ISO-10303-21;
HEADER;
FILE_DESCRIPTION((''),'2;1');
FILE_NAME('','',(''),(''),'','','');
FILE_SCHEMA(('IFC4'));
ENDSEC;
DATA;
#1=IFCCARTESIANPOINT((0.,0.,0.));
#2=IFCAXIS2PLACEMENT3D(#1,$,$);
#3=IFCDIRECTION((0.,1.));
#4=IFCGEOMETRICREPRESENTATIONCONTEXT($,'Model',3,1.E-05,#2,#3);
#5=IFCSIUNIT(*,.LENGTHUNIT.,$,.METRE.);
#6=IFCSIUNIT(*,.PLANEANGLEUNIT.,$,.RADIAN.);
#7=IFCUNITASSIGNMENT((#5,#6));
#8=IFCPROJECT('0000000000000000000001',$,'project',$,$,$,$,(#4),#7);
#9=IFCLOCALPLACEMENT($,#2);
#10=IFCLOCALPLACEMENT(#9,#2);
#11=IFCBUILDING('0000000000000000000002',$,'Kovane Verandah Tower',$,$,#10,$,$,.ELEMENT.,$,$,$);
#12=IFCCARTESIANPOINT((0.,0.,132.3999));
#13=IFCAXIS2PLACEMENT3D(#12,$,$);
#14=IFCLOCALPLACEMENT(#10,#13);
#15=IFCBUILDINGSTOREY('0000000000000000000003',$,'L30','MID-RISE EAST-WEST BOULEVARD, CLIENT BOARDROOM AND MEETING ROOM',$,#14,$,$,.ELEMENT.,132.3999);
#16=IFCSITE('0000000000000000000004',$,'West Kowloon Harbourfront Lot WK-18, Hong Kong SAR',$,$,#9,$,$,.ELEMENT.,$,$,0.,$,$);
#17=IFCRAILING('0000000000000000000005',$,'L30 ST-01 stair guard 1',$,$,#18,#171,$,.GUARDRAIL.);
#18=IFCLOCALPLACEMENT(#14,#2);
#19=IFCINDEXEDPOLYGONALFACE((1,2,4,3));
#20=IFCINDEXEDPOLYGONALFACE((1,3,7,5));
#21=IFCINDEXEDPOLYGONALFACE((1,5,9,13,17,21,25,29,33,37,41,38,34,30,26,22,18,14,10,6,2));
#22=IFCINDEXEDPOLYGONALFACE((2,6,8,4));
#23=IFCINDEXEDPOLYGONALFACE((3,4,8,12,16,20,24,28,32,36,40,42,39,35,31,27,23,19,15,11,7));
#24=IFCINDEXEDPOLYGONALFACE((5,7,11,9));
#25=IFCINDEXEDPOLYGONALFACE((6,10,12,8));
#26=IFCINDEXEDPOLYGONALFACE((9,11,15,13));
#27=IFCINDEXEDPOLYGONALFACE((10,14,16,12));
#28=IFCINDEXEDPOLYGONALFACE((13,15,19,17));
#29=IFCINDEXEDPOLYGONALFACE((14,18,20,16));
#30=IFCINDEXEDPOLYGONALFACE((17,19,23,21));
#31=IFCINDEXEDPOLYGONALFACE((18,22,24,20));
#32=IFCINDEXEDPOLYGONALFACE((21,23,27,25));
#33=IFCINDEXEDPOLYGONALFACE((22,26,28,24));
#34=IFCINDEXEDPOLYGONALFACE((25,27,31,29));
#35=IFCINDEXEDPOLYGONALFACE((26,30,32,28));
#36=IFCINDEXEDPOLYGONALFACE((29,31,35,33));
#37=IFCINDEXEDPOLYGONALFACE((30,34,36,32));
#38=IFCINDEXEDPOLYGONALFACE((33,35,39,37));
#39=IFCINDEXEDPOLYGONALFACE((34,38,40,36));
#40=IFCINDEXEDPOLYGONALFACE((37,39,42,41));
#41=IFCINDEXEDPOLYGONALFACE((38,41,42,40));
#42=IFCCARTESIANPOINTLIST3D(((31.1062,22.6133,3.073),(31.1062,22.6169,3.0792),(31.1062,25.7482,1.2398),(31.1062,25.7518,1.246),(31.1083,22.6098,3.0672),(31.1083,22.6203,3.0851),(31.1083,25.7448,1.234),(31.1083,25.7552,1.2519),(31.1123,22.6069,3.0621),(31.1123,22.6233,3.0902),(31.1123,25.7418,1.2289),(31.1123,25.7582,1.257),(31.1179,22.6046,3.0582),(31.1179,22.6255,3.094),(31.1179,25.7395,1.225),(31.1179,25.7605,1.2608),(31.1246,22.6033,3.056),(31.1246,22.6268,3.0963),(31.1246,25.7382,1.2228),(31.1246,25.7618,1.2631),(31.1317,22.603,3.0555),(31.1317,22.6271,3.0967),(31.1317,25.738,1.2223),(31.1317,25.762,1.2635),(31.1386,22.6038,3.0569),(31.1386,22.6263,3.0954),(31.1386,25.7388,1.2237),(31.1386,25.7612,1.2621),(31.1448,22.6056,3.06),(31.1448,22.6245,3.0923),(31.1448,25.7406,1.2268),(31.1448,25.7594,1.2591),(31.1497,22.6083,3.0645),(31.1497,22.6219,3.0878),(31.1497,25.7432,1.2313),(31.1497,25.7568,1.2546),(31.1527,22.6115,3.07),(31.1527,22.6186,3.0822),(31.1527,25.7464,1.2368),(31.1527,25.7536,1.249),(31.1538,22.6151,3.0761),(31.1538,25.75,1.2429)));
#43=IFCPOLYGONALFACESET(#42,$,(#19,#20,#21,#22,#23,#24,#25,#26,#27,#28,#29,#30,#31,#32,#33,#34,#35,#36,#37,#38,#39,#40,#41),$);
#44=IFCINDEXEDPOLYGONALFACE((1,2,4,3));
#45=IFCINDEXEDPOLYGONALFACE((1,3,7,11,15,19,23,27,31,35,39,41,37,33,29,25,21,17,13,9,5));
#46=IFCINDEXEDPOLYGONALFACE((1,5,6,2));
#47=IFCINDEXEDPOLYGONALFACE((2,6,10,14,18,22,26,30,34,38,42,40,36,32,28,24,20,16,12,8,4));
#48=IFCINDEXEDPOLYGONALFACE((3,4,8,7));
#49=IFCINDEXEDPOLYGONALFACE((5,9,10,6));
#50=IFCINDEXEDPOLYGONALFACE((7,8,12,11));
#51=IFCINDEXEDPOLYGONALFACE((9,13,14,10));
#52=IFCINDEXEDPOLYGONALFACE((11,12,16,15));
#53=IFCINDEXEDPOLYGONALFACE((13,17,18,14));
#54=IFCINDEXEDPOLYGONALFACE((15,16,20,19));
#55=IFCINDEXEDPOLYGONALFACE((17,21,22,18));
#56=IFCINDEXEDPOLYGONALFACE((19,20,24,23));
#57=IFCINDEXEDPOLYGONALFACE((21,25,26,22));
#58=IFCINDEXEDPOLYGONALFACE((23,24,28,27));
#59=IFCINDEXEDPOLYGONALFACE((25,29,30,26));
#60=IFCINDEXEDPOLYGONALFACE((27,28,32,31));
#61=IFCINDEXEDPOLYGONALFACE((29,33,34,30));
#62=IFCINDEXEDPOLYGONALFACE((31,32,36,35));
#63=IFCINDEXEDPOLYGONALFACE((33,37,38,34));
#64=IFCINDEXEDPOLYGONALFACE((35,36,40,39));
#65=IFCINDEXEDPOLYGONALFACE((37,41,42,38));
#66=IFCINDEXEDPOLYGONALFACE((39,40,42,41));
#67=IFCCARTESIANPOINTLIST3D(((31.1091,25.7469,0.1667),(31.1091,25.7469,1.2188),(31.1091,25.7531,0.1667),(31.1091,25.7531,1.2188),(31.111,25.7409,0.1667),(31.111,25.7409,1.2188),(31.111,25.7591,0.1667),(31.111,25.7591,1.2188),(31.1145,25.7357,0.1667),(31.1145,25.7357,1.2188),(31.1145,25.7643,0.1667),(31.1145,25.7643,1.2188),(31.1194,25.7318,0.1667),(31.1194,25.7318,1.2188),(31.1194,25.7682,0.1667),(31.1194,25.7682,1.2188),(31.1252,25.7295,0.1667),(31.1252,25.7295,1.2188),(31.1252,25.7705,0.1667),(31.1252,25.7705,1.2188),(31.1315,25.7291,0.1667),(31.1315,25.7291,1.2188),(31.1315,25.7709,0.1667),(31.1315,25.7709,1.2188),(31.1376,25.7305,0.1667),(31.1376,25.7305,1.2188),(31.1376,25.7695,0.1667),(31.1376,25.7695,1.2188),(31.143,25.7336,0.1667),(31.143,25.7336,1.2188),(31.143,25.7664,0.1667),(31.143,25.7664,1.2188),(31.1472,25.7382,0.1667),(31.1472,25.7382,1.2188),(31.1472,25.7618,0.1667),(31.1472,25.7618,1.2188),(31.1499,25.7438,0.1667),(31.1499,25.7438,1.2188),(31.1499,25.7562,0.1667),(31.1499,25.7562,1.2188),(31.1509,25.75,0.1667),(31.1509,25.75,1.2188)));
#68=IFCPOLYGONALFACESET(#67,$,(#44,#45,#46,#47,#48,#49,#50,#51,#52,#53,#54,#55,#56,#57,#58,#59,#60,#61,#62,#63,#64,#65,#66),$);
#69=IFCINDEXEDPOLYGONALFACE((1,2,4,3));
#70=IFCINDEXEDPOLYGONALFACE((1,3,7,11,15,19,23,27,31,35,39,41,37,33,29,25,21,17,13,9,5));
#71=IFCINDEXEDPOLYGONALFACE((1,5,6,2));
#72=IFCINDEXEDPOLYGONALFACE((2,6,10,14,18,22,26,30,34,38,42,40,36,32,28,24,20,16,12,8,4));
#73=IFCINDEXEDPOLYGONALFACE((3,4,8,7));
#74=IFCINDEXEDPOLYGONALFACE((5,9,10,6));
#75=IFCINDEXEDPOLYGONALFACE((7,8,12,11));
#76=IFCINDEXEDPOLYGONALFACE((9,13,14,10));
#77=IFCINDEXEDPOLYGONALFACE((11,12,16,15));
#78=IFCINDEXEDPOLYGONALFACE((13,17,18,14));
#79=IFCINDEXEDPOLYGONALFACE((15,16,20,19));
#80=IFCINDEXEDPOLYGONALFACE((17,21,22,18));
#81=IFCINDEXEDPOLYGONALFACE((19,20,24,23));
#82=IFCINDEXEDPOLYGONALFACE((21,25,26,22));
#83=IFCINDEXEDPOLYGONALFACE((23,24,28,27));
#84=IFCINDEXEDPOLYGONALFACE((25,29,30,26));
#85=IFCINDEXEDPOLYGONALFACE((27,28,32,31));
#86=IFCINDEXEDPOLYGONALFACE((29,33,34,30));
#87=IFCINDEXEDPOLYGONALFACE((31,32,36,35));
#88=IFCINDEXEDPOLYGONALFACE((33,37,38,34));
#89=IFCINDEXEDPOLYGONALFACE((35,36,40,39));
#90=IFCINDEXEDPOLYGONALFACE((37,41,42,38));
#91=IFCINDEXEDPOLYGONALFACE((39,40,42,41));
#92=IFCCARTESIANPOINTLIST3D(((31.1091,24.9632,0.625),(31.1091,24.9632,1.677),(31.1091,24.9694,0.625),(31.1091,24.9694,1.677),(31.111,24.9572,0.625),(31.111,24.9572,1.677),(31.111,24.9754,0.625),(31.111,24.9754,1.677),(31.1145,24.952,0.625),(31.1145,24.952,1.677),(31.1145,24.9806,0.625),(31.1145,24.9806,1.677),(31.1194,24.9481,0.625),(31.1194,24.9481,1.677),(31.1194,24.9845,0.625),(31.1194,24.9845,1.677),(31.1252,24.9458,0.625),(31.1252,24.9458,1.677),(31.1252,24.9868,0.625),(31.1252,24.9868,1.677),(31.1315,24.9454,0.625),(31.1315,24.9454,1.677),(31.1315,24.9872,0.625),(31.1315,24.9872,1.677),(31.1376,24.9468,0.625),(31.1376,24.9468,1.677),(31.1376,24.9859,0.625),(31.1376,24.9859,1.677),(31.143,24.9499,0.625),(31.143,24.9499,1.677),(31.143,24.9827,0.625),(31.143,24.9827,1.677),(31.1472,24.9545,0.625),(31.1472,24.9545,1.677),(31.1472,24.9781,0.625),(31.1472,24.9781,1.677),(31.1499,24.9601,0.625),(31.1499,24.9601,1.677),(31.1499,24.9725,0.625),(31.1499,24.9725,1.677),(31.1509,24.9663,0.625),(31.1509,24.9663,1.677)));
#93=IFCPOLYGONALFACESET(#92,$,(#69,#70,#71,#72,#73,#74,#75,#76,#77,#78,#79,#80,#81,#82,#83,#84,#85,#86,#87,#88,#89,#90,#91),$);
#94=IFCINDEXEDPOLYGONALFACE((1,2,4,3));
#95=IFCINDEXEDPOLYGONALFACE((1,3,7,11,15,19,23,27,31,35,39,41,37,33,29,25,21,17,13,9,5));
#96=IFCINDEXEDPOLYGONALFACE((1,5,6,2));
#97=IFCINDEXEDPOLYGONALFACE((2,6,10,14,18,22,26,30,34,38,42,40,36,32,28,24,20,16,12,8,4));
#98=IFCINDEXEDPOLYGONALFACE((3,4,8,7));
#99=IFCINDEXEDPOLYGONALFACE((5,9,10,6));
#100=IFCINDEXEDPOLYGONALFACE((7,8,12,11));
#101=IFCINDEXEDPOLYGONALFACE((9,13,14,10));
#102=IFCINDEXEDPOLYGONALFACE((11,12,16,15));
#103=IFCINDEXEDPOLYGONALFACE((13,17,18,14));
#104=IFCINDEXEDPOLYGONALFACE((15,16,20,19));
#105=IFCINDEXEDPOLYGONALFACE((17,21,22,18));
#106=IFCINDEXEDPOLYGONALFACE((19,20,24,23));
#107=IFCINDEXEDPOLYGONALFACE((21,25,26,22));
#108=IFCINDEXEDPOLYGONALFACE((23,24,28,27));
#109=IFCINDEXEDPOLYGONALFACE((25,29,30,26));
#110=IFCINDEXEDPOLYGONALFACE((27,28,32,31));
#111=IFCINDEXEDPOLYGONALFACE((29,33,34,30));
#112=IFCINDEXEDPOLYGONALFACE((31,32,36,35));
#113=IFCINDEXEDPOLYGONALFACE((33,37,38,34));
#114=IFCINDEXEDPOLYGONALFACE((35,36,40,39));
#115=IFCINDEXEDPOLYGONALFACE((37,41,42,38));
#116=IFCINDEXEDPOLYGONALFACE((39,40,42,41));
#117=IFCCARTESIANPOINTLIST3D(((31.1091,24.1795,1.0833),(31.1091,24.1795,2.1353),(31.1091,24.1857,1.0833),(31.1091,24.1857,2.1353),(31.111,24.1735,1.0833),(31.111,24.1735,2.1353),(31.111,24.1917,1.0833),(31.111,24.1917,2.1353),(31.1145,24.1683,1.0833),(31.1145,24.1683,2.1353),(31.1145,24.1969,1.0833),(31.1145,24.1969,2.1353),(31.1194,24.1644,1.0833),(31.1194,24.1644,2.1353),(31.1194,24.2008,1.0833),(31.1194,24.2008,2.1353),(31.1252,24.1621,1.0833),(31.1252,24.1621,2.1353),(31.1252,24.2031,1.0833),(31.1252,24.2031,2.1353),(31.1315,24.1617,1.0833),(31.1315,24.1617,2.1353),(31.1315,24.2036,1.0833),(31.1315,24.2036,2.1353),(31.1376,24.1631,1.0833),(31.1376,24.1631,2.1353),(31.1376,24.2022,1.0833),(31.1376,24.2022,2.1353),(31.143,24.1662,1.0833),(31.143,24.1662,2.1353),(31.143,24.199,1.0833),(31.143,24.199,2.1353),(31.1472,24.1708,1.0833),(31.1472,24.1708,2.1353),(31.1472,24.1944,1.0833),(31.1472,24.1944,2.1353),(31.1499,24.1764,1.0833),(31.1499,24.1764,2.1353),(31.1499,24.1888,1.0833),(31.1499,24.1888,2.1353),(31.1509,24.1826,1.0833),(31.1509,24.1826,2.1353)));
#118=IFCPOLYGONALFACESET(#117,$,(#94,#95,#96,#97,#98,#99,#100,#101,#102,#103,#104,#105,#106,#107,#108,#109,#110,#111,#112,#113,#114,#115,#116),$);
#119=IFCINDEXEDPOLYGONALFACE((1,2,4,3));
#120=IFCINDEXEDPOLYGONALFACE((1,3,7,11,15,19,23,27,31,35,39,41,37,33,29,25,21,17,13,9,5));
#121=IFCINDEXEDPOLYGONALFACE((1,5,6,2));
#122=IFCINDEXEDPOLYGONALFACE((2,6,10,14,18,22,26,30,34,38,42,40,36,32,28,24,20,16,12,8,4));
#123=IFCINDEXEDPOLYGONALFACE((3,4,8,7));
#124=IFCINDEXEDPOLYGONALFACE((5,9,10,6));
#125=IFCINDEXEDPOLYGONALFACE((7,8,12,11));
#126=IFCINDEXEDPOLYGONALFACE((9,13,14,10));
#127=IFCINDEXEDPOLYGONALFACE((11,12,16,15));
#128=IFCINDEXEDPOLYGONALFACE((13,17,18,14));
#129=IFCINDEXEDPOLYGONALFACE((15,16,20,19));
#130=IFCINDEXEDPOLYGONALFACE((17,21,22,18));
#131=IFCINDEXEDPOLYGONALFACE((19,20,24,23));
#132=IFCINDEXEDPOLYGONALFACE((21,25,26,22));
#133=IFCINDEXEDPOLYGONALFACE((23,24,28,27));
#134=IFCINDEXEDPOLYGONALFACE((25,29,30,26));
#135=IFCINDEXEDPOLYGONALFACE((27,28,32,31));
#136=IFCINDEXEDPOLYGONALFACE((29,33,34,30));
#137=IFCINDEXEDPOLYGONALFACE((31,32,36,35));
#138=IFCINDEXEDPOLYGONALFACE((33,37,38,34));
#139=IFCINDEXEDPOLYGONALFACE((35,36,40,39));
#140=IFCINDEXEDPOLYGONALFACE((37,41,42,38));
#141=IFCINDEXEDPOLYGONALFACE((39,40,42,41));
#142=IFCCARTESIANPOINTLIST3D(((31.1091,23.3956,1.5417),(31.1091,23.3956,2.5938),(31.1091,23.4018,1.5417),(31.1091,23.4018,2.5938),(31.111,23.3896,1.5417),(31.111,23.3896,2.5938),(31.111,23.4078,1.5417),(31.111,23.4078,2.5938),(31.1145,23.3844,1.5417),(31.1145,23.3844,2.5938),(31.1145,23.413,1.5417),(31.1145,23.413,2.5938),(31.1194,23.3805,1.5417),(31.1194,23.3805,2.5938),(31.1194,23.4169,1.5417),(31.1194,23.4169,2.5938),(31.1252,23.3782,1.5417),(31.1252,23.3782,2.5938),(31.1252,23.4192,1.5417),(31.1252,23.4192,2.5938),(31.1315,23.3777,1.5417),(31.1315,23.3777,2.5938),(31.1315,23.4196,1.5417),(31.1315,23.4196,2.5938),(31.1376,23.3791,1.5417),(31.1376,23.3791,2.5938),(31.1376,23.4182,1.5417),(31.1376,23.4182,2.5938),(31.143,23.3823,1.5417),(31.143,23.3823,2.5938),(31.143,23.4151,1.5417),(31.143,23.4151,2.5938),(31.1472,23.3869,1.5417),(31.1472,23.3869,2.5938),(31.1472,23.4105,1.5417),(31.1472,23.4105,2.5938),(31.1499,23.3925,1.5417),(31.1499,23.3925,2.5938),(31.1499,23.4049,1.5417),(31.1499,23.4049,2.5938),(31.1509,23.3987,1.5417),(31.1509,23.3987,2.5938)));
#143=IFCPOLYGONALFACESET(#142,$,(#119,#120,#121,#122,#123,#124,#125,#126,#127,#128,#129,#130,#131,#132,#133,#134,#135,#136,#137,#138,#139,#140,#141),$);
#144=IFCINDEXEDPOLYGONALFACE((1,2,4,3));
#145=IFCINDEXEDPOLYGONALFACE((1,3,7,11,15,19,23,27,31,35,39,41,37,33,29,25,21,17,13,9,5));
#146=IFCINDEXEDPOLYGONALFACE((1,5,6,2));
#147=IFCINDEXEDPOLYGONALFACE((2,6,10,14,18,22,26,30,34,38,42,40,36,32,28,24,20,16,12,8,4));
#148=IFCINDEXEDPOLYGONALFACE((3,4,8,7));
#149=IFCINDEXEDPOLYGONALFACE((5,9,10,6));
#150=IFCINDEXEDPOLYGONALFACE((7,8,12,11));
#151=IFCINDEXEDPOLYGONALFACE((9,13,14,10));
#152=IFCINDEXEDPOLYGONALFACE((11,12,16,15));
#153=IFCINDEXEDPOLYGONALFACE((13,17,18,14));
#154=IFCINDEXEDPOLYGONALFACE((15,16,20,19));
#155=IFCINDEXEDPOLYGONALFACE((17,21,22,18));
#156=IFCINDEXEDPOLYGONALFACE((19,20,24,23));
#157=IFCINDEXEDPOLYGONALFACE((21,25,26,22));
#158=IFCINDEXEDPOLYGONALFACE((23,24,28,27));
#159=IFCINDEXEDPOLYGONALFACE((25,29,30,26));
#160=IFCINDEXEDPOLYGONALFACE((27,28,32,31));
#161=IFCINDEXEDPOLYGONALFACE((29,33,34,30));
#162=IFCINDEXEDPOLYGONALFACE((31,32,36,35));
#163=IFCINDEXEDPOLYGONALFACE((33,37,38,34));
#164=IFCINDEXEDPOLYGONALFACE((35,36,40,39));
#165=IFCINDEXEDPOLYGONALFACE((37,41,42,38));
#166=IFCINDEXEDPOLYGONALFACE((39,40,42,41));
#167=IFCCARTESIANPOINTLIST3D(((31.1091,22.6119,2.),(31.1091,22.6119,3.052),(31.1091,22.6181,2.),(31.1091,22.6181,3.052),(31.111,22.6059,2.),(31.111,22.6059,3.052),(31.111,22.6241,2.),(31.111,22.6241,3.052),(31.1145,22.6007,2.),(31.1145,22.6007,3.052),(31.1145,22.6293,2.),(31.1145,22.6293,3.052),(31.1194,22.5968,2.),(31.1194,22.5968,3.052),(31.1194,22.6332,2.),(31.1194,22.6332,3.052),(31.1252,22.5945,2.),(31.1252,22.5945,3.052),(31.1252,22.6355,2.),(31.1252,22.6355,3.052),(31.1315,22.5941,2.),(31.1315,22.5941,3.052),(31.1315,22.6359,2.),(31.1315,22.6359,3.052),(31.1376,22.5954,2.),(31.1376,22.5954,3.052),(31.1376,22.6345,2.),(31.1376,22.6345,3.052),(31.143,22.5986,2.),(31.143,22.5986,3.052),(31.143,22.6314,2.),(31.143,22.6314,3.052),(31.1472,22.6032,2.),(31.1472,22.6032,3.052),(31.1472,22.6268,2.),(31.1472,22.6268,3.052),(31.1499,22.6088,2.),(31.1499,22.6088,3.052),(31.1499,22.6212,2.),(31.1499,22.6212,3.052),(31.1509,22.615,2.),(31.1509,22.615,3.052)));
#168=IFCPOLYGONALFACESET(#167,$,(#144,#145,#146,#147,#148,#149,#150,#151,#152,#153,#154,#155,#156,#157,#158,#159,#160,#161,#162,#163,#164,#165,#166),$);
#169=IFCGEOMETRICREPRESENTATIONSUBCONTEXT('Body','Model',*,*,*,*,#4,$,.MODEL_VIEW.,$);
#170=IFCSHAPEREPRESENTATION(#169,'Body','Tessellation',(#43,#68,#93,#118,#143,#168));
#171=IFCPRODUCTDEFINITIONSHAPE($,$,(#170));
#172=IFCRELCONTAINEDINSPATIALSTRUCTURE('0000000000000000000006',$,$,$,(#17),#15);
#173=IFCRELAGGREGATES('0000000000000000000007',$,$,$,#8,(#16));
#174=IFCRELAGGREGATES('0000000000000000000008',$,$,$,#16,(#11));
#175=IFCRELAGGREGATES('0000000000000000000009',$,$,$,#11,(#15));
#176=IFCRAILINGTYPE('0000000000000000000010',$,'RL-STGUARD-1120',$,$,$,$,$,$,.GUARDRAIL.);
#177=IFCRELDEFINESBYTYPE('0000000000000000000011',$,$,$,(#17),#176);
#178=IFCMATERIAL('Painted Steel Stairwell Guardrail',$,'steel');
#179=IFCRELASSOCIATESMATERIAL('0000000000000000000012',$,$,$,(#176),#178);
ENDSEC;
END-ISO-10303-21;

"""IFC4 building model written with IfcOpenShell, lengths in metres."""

from ifc_helpers import new_model, si_unit, direction, frame, origin, origin_2d, place, context, subcontext, project, spatial, circle, extrude, material, type_object, element, save


model = new_model("IFC4")

# Units and contexts
model_context = context("Model", 3, precision=1e-05, world=origin(), true_north=direction((0.0, 1.0)))
body_context = subcontext(model_context, "Body", "Model", "MODEL_VIEW")
ifc_project = project(units=[si_unit("LENGTHUNIT", "METRE"), si_unit("PLANEANGLEUNIT", "RADIAN")], contexts=[model_context])

# Site, building, storey
site_placement = place(None, origin())
site = spatial("IfcSite", under=ifc_project, at=site_placement, Name="West Kowloon Harbourfront Lot WK-18, Hong Kong SAR", CompositionType="ELEMENT", RefElevation=0.0)
building_placement = place(site_placement, origin())
building = spatial("IfcBuilding", under=site, at=building_placement, Name="Kovane Verandah Tower", CompositionType="ELEMENT")
storey_placement = place(building_placement, frame((0.0, 0.0, 132.3999)))
storey = spatial("IfcBuildingStorey", under=building, at=storey_placement, Name="L30", Description="MID-RISE EAST-WEST BOULEVARD, CLIENT BOARDROOM AND MEETING ROOM", CompositionType="ELEMENT", Elevation=132.3999)

# Railing
ifc_material_1 = material(Name="Painted Steel Stairwell Guardrail", Category="steel")
railing_type_1 = type_object("IfcRailingType", Name="RL-STGUARD-1120", PredefinedType="GUARDRAIL", material=ifc_material_1)
railing_1_placement = place(storey_placement, frame((31.1299, 25.75, 0.1667)))
element("IfcRailing", 1, at=railing_1_placement, inside=storey, type_object=railing_type_1, Name="L30 ST-01 stair guard 1", PredefinedType="GUARDRAIL", context=body_context, shape_type="SweptSolid", body=[
    extrude(circle(Radius=0.0239, at=origin_2d()), frame((0.0, 0.0, 1.0762), z_axis=(0.0, -0.86324, 0.504794), x_axis=(1.0, 0.0, 0.0)), (0.0, 0.0, 1.0), 3.6316),
    extrude(circle(Radius=0.021, at=origin_2d()), origin(), (0.0, 0.0, 1.0), 1.052),
    extrude(circle(Radius=0.021, at=origin_2d()), frame((0.0, -0.7837, 0.4583)), (0.0, 0.0, 1.0), 1.052),
    extrude(circle(Radius=0.021, at=origin_2d()), frame((0.0, -1.5674, 0.9165)), (0.0, 0.0, 1.0), 1.052),
    extrude(circle(Radius=0.021, at=origin_2d()), frame((0.0, -2.3513, 1.375)), (0.0, 0.0, 1.0), 1.052),
    extrude(circle(Radius=0.021, at=origin_2d()), frame((0.0, -3.135, 1.8333)), (0.0, 0.0, 1.0), 1.052),
])

save(model, "model.ifc")
